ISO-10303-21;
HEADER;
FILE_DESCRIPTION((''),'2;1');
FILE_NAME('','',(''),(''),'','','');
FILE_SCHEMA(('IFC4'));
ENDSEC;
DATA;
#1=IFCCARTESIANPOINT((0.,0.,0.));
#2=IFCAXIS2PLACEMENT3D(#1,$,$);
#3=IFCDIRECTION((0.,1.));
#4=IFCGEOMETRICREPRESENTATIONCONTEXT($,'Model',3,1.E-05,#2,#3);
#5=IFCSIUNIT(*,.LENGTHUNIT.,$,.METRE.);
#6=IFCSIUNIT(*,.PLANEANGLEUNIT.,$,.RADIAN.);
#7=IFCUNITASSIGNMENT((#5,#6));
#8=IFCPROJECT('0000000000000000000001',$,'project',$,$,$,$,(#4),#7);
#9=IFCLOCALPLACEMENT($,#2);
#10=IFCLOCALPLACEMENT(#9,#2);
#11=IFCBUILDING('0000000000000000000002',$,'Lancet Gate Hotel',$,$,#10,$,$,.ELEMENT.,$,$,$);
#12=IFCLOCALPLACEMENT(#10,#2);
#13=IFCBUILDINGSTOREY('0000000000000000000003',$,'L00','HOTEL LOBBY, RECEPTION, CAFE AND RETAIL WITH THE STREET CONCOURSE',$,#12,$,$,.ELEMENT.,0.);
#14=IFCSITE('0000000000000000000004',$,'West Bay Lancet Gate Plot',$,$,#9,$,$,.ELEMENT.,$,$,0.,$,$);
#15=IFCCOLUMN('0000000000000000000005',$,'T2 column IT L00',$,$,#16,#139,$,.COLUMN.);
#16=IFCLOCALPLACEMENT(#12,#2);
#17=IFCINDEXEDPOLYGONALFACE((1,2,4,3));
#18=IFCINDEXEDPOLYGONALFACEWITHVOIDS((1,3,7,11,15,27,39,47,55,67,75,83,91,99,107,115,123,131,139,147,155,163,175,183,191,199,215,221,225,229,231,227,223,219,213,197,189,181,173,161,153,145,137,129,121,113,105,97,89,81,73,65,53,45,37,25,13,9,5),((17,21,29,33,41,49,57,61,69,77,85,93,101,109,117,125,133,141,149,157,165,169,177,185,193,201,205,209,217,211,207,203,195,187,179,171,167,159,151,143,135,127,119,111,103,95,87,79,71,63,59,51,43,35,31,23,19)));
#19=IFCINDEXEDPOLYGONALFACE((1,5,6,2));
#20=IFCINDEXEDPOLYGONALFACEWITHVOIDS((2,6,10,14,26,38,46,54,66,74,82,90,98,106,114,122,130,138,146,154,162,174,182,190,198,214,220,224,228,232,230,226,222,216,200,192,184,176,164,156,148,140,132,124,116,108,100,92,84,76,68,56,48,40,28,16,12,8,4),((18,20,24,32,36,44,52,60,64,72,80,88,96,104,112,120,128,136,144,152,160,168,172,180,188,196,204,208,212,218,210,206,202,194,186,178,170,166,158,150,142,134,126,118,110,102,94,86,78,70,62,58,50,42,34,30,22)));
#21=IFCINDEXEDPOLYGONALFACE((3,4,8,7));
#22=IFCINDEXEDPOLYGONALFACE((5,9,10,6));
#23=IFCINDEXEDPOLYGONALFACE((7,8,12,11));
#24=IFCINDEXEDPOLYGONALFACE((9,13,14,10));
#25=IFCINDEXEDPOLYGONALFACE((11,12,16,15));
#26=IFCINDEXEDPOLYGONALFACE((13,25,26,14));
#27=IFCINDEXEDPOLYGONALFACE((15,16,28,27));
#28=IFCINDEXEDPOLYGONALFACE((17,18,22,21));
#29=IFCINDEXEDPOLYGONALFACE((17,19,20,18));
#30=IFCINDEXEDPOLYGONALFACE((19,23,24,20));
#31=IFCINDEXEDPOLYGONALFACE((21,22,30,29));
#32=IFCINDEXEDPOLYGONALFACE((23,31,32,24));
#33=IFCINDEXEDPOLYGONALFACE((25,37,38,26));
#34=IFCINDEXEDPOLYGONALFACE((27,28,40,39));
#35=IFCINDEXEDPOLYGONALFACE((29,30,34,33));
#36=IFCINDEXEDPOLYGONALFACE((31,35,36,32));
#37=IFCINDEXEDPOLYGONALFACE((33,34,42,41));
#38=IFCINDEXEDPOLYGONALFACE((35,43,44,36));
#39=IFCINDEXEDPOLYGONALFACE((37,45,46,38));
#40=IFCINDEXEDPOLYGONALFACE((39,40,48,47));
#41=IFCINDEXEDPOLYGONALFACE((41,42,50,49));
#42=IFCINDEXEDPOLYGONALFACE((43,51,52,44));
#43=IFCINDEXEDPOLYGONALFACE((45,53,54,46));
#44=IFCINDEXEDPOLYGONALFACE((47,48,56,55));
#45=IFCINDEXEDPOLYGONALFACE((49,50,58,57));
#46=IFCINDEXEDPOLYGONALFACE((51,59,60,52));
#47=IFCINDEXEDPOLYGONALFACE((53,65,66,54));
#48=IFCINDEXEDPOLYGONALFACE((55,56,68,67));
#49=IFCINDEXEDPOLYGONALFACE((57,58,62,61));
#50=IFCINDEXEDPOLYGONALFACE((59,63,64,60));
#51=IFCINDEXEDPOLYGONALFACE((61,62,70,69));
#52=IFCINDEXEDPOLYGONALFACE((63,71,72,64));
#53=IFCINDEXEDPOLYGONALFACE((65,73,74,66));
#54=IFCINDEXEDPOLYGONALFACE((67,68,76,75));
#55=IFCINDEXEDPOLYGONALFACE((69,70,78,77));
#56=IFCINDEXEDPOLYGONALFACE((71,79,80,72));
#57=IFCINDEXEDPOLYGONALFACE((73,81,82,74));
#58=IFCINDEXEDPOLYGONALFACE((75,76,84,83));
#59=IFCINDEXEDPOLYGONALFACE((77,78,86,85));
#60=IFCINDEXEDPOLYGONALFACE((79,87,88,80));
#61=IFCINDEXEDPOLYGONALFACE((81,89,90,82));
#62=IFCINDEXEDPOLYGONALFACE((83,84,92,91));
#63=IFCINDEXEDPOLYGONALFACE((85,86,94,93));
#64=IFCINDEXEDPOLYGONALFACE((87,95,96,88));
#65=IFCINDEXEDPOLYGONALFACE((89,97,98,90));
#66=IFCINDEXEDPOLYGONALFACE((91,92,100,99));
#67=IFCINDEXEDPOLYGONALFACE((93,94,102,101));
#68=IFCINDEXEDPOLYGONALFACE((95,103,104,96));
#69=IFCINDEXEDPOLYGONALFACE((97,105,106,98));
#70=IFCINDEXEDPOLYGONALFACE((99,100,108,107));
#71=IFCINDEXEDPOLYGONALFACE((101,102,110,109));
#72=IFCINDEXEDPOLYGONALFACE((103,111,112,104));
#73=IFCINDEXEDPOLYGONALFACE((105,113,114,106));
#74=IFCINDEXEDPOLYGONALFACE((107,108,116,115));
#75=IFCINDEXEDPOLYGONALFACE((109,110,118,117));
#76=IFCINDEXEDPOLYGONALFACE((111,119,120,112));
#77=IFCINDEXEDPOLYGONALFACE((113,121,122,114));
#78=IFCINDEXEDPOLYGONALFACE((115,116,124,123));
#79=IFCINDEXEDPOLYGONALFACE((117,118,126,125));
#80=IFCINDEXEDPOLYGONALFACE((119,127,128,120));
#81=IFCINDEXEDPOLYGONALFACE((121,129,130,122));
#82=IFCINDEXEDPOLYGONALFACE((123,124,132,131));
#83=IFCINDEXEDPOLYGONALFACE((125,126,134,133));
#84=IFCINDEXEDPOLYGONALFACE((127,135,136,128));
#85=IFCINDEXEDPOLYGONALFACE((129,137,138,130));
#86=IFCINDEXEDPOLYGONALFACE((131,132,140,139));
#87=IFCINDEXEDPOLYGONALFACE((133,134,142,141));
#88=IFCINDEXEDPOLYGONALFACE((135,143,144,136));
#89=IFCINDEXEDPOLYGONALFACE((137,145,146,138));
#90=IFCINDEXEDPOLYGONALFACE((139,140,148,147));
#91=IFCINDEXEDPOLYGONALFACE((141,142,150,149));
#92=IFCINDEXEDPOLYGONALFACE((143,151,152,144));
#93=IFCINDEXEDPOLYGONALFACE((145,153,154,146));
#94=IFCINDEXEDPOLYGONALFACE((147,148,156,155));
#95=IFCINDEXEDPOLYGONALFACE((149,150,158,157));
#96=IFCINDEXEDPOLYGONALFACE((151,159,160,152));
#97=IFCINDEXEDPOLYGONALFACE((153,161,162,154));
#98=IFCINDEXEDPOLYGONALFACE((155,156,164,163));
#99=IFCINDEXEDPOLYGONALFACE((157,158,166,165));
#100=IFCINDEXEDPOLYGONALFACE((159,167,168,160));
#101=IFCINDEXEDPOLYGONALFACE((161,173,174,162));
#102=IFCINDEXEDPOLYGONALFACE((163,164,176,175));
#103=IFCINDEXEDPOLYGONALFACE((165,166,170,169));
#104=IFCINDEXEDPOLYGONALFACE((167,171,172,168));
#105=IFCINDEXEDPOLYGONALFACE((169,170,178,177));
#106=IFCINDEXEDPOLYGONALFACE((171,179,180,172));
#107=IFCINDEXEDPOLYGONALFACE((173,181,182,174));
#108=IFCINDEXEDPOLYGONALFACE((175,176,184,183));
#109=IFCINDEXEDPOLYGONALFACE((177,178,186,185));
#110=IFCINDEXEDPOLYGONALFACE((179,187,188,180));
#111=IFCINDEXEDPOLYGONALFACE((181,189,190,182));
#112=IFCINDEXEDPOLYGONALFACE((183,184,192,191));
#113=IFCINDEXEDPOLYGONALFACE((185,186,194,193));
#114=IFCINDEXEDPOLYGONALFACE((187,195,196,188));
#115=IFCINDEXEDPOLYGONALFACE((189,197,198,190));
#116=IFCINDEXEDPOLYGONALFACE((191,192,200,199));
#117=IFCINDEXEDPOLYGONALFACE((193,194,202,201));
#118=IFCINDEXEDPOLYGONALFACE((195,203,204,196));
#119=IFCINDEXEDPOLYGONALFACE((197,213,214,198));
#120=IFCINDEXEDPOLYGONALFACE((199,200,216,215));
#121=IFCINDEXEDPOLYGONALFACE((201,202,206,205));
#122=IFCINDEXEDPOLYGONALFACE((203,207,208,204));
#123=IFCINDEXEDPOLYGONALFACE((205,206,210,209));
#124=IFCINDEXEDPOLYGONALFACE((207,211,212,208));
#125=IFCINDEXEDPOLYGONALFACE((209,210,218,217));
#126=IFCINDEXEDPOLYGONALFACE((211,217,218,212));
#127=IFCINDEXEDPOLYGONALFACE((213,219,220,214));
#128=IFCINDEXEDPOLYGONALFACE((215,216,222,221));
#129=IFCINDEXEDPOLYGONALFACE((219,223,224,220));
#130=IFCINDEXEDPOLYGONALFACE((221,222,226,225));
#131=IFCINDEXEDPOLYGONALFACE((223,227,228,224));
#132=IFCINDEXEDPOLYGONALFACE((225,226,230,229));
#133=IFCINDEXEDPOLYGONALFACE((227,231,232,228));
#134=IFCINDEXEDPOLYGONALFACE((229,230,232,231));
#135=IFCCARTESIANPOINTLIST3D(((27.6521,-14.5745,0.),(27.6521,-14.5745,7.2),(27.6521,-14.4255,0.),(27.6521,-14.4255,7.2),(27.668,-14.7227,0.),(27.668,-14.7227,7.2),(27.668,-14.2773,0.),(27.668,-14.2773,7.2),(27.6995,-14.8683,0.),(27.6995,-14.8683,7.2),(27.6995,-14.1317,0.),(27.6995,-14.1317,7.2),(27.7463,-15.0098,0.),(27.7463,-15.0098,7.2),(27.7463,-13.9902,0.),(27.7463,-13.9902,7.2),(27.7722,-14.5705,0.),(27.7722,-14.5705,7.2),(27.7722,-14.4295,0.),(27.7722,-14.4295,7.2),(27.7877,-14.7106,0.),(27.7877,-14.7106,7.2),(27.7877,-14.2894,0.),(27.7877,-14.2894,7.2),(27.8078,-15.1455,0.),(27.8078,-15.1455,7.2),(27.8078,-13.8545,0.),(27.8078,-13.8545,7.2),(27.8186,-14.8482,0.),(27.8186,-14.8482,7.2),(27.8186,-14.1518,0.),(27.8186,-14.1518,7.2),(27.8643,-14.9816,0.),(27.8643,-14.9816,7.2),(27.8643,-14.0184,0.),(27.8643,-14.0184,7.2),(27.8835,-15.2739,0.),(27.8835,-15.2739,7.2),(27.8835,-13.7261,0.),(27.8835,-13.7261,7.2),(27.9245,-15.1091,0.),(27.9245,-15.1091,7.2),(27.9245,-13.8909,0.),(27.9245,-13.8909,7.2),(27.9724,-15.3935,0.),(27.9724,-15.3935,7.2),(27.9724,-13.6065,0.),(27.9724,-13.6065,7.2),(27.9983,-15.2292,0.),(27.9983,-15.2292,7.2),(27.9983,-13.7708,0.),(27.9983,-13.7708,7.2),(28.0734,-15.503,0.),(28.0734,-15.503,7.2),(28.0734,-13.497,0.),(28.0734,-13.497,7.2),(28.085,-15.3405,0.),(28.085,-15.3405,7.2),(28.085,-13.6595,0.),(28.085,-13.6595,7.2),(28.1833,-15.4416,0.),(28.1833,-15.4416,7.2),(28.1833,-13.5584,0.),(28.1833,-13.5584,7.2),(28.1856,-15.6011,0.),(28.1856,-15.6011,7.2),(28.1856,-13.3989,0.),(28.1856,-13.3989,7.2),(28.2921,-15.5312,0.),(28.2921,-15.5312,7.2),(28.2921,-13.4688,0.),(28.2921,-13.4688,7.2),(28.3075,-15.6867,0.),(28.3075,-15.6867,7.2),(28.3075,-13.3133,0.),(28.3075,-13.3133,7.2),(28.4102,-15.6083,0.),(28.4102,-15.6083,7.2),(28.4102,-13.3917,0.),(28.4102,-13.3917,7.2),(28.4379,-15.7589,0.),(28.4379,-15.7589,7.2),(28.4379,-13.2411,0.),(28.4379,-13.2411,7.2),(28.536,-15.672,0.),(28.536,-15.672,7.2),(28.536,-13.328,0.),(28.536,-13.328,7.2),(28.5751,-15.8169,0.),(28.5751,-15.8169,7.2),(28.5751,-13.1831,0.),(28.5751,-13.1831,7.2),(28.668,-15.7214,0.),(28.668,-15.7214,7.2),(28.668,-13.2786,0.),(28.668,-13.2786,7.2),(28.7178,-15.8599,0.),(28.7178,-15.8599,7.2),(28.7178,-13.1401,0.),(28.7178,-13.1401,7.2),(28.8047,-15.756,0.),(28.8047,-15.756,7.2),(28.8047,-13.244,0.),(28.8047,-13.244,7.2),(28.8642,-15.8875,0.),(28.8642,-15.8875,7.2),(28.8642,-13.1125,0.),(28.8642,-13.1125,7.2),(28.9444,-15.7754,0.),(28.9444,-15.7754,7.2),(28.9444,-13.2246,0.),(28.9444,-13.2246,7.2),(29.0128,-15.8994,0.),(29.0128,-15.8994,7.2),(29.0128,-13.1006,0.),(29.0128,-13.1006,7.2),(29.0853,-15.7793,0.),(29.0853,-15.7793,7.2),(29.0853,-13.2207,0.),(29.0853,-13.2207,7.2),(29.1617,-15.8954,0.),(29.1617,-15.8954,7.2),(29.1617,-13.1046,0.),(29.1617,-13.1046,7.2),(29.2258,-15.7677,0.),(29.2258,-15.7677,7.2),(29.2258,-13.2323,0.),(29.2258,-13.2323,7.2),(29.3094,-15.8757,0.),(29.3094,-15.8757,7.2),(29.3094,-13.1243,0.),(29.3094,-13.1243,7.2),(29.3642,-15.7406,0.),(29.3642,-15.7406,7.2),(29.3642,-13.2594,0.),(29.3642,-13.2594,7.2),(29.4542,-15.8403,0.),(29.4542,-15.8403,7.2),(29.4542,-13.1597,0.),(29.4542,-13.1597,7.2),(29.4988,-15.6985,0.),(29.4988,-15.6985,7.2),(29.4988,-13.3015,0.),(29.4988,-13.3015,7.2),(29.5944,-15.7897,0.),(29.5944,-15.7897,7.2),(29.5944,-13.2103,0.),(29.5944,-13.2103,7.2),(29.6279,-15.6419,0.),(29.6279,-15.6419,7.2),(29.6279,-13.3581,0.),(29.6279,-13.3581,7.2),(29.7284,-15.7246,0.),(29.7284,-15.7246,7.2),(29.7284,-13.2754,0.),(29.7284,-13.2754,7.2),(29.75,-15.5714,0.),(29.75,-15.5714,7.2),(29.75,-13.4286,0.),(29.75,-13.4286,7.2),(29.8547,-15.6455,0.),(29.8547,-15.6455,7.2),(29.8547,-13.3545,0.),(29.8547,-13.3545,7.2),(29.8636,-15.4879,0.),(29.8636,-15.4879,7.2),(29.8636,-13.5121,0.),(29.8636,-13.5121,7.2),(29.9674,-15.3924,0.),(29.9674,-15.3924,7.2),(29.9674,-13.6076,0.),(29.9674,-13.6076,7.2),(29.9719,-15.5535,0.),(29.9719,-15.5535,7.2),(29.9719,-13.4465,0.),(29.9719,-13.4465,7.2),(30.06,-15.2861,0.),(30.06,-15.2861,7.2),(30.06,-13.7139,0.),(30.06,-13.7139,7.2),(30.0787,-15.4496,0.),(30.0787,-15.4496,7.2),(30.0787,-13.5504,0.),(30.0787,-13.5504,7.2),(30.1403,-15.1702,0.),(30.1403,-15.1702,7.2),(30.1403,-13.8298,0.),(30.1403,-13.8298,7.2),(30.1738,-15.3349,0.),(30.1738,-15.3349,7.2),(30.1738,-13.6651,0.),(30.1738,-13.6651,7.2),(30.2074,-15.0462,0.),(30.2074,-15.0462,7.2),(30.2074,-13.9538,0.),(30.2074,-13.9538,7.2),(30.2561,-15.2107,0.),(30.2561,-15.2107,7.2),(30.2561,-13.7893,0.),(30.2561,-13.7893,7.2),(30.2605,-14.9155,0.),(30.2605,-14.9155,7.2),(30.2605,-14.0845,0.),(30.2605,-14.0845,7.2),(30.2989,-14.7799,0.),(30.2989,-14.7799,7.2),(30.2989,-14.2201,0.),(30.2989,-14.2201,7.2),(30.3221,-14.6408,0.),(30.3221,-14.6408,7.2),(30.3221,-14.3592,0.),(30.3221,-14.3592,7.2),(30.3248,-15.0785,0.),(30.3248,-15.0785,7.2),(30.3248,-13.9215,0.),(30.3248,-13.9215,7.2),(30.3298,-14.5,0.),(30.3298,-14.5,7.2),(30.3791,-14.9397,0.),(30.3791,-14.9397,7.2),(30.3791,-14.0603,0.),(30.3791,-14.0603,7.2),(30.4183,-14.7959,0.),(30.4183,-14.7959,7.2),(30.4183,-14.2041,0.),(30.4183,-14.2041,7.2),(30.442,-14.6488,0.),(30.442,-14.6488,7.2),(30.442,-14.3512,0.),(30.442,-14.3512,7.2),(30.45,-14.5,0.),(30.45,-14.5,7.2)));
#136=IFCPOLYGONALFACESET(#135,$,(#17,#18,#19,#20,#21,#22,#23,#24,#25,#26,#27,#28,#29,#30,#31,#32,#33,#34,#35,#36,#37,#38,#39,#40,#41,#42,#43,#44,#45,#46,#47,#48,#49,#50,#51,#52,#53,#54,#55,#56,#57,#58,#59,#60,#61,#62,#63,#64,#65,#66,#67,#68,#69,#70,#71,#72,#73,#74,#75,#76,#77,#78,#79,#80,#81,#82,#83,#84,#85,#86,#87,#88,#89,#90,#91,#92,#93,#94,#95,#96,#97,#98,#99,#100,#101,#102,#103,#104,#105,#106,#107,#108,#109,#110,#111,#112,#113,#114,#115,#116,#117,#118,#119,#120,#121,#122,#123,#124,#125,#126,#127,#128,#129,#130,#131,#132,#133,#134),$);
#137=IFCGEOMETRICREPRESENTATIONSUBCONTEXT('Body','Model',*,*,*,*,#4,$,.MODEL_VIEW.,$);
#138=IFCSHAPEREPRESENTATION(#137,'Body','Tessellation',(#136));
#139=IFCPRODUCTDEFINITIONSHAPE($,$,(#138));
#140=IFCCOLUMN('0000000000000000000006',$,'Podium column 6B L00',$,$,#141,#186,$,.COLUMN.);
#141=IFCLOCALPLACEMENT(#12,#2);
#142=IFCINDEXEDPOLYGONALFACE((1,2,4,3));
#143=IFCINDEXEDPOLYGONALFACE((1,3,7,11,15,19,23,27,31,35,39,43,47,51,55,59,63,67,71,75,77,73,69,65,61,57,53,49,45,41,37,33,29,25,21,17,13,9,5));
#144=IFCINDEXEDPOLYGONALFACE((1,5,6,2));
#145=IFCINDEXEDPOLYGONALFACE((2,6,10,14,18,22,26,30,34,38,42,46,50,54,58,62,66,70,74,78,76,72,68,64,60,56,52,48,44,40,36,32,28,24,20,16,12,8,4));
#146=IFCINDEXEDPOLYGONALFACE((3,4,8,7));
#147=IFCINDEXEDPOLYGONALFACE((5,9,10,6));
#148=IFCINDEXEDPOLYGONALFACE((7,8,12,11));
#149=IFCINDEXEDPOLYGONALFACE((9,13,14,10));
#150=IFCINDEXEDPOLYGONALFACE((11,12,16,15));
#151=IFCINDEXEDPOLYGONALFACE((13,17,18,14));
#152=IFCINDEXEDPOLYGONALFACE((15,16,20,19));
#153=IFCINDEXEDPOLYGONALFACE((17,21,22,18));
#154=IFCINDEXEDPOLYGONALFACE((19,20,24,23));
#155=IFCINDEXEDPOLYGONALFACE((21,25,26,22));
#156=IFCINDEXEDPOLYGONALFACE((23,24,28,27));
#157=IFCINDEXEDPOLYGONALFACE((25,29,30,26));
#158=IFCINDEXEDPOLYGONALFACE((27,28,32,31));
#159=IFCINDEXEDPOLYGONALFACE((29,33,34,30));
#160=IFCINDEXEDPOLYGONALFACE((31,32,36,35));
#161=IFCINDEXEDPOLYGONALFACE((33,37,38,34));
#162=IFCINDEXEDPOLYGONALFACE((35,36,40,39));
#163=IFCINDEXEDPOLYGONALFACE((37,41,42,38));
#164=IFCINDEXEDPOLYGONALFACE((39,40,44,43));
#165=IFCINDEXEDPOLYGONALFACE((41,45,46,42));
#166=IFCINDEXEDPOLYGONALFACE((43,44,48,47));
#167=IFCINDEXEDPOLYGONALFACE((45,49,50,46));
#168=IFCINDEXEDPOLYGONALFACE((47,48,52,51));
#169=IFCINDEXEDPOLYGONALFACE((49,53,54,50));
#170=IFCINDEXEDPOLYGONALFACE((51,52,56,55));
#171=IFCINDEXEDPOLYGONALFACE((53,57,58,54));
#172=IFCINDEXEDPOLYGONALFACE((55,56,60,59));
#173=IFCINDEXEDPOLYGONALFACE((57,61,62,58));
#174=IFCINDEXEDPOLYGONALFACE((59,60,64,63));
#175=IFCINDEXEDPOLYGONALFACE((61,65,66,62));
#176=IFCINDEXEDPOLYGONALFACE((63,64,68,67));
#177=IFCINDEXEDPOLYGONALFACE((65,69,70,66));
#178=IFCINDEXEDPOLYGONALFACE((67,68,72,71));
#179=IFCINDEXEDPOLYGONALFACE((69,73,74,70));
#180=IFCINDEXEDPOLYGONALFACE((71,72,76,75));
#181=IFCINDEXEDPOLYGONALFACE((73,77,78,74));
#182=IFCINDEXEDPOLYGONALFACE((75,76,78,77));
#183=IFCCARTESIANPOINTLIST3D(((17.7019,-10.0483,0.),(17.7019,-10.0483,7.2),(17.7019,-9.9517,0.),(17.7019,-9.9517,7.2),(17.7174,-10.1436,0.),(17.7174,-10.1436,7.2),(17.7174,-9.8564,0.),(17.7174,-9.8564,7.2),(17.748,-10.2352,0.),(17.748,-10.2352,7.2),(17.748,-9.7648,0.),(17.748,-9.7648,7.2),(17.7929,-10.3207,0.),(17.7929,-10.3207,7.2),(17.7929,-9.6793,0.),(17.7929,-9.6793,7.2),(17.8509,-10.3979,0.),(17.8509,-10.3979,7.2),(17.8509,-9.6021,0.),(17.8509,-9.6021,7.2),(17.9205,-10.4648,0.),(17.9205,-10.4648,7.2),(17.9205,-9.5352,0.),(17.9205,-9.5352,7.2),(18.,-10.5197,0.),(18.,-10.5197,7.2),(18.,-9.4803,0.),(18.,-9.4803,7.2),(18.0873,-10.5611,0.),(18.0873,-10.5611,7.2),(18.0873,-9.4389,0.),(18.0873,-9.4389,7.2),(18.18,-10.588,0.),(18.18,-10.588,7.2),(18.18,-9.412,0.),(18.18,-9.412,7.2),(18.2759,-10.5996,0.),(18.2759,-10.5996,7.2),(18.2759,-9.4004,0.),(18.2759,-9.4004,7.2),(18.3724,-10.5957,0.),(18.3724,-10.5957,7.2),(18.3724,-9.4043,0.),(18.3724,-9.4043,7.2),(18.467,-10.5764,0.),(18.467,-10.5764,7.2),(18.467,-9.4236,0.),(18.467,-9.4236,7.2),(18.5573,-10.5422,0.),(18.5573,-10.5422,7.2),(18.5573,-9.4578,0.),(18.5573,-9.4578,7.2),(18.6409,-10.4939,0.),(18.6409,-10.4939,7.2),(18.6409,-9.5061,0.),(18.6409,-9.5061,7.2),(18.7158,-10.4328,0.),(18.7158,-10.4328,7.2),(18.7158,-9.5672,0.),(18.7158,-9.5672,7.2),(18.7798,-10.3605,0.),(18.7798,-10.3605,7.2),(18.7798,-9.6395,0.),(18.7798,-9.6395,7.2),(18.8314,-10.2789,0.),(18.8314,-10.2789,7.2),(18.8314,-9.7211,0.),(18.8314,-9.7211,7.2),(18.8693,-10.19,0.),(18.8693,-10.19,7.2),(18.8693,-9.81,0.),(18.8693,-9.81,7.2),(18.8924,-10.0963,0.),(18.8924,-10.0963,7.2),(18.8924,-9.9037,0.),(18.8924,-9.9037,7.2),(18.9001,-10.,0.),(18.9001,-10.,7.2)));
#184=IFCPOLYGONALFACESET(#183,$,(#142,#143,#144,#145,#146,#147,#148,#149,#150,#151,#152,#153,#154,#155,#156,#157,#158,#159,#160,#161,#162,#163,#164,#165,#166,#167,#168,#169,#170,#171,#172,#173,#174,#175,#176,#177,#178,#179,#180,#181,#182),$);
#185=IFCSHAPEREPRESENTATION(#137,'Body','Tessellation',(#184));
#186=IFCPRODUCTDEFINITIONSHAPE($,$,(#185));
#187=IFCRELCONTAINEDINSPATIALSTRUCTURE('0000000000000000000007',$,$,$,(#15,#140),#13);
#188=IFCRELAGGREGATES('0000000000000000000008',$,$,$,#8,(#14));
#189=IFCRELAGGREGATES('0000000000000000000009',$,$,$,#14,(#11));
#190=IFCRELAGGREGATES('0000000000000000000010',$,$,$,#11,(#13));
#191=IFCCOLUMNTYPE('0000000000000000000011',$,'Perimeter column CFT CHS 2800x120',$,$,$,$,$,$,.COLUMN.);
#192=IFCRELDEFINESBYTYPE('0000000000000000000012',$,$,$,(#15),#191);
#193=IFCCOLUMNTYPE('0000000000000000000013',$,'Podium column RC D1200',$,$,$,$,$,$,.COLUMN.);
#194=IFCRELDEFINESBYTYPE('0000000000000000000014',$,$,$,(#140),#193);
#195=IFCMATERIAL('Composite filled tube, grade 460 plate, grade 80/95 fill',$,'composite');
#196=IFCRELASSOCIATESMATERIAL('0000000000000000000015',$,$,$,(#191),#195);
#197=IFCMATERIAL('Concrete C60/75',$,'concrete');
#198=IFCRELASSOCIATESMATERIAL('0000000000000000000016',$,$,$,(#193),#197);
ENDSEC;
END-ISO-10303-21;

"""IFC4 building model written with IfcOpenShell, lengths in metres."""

from ifc_helpers import new_model, si_unit, direction, frame, origin, origin_2d, place, context, subcontext, project, spatial, circle, hollow_circle, extrude, material, material_profile, profile_set, type_object, element, save


model = new_model("IFC4")

# Units and contexts
model_context = context("Model", 3, precision=1e-05, world=origin(), true_north=direction((0.0, 1.0)))
body_context = subcontext(model_context, "Body", "Model", "MODEL_VIEW")
ifc_project = project(units=[si_unit("LENGTHUNIT", "METRE"), si_unit("PLANEANGLEUNIT", "RADIAN")], contexts=[model_context])

# Site, building, storey
site_placement = place(None, origin())
site = spatial("IfcSite", under=ifc_project, at=site_placement, Name="West Bay Lancet Gate Plot", CompositionType="ELEMENT", RefElevation=0.0)
building_placement = place(site_placement, origin())
building = spatial("IfcBuilding", under=site, at=building_placement, Name="Lancet Gate Hotel", CompositionType="ELEMENT")
storey_placement = place(building_placement, origin())
storey = spatial("IfcBuildingStorey", under=building, at=storey_placement, Name="L00", Description="HOTEL LOBBY, RECEPTION, CAFE AND RETAIL WITH THE STREET CONCOURSE", CompositionType="ELEMENT", Elevation=0.0)

# Columns
ifc_material_1 = material(Name="Composite filled tube, grade 460 plate, grade 80/95 fill", Category="composite")
ifc_material_profile_1 = material_profile(ifc_material_1, hollow_circle(Radius=1.3999, WallThickness=0.1201, at=origin_2d()), Name="CHS 2800x120")
ifc_profile_set_1 = profile_set([ifc_material_profile_1], Name="Composite filled tube, grade 460 plate, grade 80/95 fill")
column_type_1 = type_object("IfcColumnType", Name="Perimeter column CFT CHS 2800x120", PredefinedType="COLUMN", material=ifc_profile_set_1)
for number, where, z_axis, x_axis, name in (
    (1, (29.05, -14.5, 0.0), (0.0, 0.0, 1.0), (1.0, 0.0, 0.0), "T2 column IT L00"),
):
    element("IfcColumn", number, at=place(storey_placement, frame(where, z_axis=z_axis, x_axis=x_axis)), inside=storey, type_object=column_type_1, Name=name, PredefinedType="COLUMN", context=body_context, shape_type="SweptSolid", body=[
        extrude(hollow_circle(Radius=1.3999, WallThickness=0.1201, at=origin_2d()), origin(), (0.0, 0.0, 1.0), 7.2),
    ])
ifc_material_2 = material(Name="Concrete C60/75", Category="concrete")
ifc_material_profile_2 = material_profile(ifc_material_2, circle(Radius=0.6001, at=origin_2d()), Name="RC D1200")
ifc_profile_set_2 = profile_set([ifc_material_profile_2], Name="Concrete C60/75")
column_type_2 = type_object("IfcColumnType", Name="Podium column RC D1200", PredefinedType="COLUMN", material=ifc_profile_set_2)
for number, where, z_axis, x_axis, name in (
    (2, (18.3, -10.0, 0.0), (0.0, 0.0, 1.0), (1.0, 0.0, 0.0), "Podium column 6B L00"),
):
    element("IfcColumn", number, at=place(storey_placement, frame(where, z_axis=z_axis, x_axis=x_axis)), inside=storey, type_object=column_type_2, Name=name, PredefinedType="COLUMN", context=body_context, shape_type="SweptSolid", body=[
        extrude(circle(Radius=0.6001, at=origin_2d()), origin(), (0.0, 0.0, 1.0), 7.2),
    ])

save(model, "model.ifc")
